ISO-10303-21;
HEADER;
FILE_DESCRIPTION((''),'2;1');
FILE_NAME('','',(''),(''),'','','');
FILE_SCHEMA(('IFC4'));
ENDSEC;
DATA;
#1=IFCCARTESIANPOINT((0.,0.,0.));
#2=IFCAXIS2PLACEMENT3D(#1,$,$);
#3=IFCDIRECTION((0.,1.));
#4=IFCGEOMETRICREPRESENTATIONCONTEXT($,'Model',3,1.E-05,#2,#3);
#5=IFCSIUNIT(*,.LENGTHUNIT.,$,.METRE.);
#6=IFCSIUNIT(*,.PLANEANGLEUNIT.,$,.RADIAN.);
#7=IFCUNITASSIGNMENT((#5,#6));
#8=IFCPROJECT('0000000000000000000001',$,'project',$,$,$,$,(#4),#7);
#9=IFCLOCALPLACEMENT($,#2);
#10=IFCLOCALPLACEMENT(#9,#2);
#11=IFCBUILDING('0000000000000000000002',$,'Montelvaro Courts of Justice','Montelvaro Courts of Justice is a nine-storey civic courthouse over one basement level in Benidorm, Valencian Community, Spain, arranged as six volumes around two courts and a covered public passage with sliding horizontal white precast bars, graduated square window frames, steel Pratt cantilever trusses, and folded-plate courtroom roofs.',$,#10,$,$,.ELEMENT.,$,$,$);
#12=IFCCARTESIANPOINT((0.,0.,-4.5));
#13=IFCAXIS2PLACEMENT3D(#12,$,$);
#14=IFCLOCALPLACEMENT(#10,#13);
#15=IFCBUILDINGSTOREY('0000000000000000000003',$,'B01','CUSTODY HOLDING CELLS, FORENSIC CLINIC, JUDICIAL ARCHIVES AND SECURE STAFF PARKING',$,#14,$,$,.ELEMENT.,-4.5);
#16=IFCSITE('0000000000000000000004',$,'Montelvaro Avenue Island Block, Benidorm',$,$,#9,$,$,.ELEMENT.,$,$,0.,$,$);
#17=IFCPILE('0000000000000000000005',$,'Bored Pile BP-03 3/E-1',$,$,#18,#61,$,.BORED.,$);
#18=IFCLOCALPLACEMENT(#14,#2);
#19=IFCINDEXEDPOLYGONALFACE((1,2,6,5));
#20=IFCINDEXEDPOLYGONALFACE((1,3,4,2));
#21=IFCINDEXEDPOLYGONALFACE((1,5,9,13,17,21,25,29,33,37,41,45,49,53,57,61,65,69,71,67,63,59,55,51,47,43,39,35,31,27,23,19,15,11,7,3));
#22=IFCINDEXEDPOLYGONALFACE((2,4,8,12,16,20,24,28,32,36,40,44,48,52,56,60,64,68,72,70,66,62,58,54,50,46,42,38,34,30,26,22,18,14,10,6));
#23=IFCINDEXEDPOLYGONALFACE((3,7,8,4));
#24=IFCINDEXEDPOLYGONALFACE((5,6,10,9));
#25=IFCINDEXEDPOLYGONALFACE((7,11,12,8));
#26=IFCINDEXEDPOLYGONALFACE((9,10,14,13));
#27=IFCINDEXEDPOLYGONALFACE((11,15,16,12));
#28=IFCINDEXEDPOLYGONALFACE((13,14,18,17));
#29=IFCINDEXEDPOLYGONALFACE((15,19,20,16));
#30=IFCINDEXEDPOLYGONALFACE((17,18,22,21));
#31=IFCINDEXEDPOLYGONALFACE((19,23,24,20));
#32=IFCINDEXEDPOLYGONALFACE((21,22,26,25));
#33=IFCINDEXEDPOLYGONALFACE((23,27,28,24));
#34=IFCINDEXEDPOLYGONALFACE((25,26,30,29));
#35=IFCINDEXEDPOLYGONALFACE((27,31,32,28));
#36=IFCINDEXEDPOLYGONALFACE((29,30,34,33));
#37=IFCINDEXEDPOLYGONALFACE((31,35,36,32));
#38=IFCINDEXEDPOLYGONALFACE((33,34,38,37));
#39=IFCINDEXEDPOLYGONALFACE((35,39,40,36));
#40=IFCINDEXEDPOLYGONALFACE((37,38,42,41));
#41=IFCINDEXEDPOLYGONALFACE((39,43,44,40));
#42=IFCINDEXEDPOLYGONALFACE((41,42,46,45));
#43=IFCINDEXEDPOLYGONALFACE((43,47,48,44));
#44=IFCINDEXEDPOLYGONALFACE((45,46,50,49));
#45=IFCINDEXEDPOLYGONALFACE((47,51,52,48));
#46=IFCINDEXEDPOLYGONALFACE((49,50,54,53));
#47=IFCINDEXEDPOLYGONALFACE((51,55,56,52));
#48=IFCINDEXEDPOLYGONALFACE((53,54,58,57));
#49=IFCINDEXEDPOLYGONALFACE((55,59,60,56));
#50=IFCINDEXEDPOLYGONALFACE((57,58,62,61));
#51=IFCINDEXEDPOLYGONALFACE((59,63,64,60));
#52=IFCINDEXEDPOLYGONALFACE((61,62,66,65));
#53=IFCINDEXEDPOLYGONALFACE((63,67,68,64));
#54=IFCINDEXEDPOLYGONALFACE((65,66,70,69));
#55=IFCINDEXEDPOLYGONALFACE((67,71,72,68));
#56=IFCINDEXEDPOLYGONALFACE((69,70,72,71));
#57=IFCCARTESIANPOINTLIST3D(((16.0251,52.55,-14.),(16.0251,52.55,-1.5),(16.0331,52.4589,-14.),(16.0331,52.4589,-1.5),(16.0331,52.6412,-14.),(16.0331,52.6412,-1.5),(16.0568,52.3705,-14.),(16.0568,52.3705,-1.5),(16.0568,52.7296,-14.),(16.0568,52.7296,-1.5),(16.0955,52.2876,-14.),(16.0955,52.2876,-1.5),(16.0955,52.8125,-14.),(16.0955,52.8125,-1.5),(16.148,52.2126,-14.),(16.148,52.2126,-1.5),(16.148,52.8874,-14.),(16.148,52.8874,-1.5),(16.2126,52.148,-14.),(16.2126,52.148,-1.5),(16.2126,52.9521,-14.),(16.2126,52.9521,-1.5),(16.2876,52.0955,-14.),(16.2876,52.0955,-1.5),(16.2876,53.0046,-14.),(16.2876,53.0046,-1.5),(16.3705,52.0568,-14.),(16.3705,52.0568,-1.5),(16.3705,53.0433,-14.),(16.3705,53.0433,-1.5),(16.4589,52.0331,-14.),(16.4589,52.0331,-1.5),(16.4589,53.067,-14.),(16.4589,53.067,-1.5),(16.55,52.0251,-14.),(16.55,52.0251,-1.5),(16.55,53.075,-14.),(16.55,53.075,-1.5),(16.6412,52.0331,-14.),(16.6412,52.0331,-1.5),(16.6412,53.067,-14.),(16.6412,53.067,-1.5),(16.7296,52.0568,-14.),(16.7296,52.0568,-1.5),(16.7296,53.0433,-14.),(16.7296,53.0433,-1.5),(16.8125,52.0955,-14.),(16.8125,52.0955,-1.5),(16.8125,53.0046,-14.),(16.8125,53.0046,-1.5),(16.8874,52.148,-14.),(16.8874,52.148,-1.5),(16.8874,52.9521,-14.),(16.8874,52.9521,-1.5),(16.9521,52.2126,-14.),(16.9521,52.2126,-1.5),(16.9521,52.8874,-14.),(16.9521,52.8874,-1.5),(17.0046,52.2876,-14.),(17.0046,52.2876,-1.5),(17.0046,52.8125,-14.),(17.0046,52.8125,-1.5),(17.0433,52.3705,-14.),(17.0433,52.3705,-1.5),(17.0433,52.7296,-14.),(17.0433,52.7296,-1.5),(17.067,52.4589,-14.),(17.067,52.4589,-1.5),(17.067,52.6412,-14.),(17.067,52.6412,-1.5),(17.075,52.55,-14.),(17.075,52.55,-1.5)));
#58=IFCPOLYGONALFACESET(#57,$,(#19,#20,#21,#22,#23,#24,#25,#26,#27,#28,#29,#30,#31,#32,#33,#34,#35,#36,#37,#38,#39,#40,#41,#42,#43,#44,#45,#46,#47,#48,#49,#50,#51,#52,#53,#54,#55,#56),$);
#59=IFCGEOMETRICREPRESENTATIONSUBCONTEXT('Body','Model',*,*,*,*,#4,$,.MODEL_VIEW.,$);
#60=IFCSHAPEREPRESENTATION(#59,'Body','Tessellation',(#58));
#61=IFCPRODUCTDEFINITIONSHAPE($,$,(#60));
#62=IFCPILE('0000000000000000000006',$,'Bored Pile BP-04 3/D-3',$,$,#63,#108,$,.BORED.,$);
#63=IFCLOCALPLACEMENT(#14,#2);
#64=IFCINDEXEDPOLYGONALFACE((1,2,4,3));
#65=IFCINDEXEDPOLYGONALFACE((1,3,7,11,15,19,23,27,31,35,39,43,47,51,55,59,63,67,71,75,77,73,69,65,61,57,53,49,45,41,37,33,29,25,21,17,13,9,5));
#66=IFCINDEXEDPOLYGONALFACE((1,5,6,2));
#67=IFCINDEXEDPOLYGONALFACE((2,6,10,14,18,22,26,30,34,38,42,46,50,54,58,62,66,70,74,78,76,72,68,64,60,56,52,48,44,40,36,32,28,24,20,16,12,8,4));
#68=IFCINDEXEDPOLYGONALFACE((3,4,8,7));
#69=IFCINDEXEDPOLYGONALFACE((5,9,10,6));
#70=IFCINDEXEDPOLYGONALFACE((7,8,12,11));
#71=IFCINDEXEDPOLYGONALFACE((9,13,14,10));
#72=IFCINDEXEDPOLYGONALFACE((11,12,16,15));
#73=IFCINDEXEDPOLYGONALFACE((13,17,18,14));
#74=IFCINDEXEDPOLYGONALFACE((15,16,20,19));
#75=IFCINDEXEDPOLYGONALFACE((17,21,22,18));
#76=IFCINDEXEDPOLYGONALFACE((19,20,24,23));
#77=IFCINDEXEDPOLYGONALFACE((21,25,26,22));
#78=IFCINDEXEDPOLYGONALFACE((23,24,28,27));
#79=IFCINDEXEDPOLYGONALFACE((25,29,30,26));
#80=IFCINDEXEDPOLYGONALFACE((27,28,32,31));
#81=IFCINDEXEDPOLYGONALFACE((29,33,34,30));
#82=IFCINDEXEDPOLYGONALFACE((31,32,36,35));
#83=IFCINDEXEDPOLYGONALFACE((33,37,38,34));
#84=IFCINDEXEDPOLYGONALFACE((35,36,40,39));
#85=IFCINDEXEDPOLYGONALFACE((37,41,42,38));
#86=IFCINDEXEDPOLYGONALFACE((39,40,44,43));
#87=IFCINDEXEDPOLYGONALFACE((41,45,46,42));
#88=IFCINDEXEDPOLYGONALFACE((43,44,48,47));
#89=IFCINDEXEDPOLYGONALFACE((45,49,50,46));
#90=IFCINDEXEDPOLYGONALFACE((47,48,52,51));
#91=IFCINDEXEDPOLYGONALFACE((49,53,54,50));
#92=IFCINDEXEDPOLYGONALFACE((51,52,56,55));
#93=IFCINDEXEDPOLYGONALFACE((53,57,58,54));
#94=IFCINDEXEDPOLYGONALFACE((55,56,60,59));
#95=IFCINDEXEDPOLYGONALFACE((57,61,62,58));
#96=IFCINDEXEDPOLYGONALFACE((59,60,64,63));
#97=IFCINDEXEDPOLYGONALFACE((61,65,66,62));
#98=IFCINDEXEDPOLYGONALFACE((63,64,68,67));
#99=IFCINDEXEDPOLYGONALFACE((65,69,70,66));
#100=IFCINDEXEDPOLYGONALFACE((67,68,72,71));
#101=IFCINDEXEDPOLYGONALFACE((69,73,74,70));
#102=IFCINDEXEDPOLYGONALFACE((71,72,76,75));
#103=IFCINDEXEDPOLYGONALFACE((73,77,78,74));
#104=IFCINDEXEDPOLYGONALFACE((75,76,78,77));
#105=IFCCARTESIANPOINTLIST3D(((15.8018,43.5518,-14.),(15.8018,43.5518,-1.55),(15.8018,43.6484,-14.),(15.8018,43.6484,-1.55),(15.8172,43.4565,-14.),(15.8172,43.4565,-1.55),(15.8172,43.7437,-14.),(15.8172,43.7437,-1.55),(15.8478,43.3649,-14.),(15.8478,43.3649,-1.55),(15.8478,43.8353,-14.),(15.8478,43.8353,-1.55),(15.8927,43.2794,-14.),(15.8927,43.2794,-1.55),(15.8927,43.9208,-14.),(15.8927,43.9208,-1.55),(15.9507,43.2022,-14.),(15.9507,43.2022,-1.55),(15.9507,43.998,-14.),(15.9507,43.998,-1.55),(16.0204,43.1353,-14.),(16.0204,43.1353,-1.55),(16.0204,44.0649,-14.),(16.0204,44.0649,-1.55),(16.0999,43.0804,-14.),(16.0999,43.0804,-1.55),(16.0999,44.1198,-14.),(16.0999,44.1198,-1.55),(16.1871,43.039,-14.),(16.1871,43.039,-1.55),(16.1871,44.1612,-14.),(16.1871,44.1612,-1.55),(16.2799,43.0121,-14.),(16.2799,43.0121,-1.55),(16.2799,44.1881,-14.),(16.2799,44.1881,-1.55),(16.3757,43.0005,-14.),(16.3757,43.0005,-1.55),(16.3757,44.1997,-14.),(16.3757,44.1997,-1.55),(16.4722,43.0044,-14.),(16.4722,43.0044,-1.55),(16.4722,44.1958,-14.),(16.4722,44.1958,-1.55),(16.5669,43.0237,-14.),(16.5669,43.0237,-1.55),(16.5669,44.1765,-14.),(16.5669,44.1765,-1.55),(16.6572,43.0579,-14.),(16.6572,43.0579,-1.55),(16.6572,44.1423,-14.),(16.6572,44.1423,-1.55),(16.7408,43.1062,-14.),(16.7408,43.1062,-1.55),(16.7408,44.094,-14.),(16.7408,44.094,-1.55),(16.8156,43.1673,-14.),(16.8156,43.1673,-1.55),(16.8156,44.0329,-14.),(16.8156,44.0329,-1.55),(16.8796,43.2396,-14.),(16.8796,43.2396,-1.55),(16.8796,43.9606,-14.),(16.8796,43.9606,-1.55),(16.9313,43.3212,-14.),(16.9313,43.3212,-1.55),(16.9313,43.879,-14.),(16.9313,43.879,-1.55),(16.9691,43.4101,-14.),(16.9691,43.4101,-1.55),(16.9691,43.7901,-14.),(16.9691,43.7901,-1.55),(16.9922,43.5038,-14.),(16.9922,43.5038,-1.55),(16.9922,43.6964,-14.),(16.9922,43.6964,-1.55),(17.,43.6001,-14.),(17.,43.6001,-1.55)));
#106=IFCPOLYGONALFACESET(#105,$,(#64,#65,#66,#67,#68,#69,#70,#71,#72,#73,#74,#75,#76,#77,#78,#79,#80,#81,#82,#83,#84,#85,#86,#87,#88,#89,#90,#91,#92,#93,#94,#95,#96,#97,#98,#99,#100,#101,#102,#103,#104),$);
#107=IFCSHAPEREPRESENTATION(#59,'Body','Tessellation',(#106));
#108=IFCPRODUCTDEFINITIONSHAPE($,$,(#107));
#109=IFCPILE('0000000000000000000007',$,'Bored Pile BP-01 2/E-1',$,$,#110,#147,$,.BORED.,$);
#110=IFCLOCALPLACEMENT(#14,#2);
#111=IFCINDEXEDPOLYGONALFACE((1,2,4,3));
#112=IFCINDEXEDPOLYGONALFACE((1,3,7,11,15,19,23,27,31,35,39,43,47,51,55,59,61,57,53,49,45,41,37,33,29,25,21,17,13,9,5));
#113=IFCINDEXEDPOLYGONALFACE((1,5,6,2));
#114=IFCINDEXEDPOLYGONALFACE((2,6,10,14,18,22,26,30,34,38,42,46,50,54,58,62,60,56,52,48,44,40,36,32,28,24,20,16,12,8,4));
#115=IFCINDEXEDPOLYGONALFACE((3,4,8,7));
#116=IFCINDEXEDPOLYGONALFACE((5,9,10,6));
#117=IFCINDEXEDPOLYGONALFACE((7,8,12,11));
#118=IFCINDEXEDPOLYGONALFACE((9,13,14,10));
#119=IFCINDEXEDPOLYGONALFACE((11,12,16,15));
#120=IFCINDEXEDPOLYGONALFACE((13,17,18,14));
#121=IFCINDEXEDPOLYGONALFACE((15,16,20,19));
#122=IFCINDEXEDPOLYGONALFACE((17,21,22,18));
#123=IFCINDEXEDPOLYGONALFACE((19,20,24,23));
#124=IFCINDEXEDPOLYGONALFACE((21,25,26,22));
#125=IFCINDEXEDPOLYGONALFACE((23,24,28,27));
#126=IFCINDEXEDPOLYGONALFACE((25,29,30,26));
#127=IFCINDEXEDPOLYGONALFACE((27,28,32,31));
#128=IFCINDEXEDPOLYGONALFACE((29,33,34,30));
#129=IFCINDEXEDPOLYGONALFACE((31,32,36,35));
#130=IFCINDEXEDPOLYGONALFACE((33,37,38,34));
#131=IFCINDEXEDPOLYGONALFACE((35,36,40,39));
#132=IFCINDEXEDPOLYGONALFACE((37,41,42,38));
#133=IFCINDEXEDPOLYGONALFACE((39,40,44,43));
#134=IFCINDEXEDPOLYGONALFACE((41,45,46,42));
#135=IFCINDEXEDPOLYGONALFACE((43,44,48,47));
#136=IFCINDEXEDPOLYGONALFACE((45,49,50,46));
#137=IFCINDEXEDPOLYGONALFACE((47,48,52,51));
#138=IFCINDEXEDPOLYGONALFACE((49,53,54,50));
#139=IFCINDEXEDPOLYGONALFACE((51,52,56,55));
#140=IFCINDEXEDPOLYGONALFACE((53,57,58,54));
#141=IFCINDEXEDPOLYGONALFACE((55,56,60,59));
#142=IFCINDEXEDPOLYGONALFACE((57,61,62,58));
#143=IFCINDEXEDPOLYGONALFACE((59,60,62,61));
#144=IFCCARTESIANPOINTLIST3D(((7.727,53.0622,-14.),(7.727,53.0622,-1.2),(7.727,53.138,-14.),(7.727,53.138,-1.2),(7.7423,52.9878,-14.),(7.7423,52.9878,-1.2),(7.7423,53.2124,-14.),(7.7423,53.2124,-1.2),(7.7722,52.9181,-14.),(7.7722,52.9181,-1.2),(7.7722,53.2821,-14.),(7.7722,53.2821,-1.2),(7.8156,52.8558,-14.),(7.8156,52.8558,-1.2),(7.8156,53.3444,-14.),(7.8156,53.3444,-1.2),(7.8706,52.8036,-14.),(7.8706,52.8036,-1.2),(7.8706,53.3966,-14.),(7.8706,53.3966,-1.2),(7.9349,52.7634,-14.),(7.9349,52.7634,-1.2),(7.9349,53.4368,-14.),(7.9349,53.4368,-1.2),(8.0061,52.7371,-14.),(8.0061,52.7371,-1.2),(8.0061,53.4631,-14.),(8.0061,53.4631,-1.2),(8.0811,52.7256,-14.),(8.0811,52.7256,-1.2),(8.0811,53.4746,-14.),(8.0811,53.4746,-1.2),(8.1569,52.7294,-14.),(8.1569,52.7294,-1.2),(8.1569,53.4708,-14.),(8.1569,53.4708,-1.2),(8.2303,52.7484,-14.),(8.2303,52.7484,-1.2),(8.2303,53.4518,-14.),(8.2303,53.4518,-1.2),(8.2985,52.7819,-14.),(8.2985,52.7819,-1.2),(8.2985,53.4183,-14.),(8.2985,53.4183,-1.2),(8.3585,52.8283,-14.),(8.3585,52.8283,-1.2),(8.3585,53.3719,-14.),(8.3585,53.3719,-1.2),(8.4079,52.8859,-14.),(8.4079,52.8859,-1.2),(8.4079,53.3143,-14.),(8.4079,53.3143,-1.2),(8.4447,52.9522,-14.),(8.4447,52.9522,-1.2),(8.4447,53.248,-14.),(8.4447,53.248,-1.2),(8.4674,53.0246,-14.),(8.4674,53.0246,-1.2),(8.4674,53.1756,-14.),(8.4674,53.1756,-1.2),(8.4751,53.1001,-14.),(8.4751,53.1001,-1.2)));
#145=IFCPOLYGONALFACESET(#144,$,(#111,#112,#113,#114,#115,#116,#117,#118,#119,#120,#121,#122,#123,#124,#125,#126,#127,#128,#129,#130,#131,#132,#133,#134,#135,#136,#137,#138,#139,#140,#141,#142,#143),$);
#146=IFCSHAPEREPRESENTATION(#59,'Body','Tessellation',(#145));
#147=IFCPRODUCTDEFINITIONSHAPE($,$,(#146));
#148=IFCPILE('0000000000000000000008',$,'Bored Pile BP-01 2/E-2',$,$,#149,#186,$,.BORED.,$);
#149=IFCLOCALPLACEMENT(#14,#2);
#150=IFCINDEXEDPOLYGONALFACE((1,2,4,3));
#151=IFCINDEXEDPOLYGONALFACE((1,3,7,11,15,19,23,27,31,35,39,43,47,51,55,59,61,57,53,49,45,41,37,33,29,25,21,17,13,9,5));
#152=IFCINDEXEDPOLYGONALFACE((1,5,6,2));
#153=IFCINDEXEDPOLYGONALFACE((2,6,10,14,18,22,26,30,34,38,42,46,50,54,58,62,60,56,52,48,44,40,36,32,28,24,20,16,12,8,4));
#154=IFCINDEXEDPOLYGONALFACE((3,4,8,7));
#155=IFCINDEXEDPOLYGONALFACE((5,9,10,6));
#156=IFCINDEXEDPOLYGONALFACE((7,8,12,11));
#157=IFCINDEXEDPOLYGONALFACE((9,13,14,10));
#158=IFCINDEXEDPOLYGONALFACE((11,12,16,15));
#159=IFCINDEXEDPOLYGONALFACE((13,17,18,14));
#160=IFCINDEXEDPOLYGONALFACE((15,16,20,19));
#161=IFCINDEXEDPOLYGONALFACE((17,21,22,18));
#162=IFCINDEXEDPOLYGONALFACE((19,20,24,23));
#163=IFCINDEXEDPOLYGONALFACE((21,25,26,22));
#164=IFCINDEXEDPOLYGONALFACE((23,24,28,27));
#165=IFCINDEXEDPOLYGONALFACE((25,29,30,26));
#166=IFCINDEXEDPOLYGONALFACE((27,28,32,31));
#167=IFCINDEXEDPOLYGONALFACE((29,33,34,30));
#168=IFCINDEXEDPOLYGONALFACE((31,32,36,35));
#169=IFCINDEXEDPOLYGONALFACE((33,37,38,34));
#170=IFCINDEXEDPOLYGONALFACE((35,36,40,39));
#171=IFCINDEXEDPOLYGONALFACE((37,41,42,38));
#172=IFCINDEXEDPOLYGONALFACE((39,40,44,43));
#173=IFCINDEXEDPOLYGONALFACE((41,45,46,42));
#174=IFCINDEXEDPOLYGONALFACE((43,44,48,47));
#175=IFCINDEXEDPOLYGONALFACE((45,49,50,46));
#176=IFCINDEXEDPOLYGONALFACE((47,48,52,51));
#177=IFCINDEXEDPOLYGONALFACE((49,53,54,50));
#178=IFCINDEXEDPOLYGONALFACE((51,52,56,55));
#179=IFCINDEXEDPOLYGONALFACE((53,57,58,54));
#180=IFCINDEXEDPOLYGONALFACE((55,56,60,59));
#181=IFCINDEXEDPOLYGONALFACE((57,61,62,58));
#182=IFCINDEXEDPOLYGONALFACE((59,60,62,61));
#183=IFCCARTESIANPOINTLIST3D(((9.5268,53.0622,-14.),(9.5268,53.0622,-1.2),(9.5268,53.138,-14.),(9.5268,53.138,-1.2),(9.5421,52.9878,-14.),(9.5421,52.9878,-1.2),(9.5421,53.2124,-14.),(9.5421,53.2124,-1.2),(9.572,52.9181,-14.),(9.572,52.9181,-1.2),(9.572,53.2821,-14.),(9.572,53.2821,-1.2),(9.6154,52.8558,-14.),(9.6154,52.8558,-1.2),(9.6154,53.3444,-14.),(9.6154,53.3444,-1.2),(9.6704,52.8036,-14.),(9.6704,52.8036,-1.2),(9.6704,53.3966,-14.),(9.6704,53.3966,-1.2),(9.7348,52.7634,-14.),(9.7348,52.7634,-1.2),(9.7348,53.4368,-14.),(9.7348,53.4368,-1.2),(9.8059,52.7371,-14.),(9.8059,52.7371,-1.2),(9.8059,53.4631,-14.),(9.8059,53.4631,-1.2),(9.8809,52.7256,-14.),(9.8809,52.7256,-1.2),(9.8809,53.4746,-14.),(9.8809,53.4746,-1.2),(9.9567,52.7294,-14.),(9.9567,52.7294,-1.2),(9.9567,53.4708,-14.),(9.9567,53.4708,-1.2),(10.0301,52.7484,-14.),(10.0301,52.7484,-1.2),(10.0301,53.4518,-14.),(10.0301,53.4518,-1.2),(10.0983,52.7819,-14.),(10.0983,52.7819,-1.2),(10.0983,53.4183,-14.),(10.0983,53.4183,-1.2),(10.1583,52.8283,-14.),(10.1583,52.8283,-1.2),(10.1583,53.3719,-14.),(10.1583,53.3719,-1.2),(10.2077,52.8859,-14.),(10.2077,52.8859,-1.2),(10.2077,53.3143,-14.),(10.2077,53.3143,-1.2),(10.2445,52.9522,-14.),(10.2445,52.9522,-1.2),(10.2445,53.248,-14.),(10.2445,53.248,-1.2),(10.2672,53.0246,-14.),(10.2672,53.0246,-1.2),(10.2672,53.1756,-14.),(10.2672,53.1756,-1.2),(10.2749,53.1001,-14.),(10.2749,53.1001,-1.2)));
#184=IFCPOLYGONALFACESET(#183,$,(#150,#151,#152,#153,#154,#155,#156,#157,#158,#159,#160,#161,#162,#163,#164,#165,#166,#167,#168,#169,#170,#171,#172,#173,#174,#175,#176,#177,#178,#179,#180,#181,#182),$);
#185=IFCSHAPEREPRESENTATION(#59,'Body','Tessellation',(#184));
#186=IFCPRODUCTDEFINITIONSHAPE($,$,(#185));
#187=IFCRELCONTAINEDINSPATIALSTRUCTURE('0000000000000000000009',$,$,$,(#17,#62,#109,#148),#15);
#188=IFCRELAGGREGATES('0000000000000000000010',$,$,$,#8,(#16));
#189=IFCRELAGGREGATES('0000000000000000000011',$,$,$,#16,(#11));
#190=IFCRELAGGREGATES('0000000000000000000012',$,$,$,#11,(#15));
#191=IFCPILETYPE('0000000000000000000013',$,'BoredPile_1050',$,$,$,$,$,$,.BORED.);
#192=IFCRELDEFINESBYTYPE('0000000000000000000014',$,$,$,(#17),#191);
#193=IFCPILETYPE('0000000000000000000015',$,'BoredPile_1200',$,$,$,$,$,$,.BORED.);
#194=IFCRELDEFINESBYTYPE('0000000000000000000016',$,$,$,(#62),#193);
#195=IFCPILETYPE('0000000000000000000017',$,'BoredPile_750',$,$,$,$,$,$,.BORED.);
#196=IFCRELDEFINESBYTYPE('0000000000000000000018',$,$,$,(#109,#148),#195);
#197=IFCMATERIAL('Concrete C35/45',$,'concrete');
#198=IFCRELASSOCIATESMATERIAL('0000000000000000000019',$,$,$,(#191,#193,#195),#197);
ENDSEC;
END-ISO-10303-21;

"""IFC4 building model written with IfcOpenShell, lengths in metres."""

from ifc_helpers import new_model, si_unit, direction, frame, origin, origin_2d, place, context, subcontext, project, spatial, circle, extrude, material, material_profile, profile_set, type_object, element, save


model = new_model("IFC4")

# Units and contexts
model_context = context("Model", 3, precision=1e-05, world=origin(), true_north=direction((0.0, 1.0)))
body_context = subcontext(model_context, "Body", "Model", "MODEL_VIEW")
ifc_project = project(units=[si_unit("LENGTHUNIT", "METRE"), si_unit("PLANEANGLEUNIT", "RADIAN")], contexts=[model_context])

# Site, building, storey
site_placement = place(None, origin())
site = spatial("IfcSite", under=ifc_project, at=site_placement, Name="Montelvaro Avenue Island Block, Benidorm", CompositionType="ELEMENT", RefElevation=0.0)
building_placement = place(site_placement, origin())
building = spatial("IfcBuilding", under=site, at=building_placement, Name="Montelvaro Courts of Justice", Description="Montelvaro Courts of Justice is a nine-storey civic courthouse over one basement level in Benidorm, Valencian Community, Spain, arranged as six volumes around two courts and a covered public passage with sliding horizontal white precast bars, graduated square window frames, steel Pratt cantilever trusses, and folded-plate courtroom roofs.", CompositionType="ELEMENT")
storey_placement = place(building_placement, frame((0.0, 0.0, -4.5)))
storey = spatial("IfcBuildingStorey", under=building, at=storey_placement, Name="B01", Description="CUSTODY HOLDING CELLS, FORENSIC CLINIC, JUDICIAL ARCHIVES AND SECURE STAFF PARKING", CompositionType="ELEMENT", Elevation=-4.5)

# Piles
ifc_material_1 = material(Name="Concrete C35/45", Category="concrete")
ifc_material_profile_1 = material_profile(ifc_material_1, circle(Radius=0.5249, at=origin_2d()), Name="BORED PILE D1050")
ifc_profile_set_1 = profile_set([ifc_material_profile_1], Name="Concrete C35/45")
pile_type_1 = type_object("IfcPileType", Name="BoredPile_1050", PredefinedType="BORED", material=ifc_profile_set_1)
for number, where, z_axis, x_axis, name in (
    (1, (16.55, 52.55, -1.5), (0.0, 0.0, -1.0), (1.0, 0.0, 0.0), "Bored Pile BP-03 3/E-1"),
):
    element("IfcPile", number, at=place(storey_placement, frame(where, z_axis=z_axis, x_axis=x_axis)), inside=storey, type_object=pile_type_1, Name=name, PredefinedType="BORED", context=body_context, shape_type="SweptSolid", body=[
        extrude(circle(Radius=0.5249, at=origin_2d()), origin(), (0.0, 0.0, 1.0), 12.5),
    ])
ifc_material_profile_2 = material_profile(ifc_material_1, circle(Radius=0.6001, at=origin_2d()), Name="BORED PILE D1200")
ifc_profile_set_2 = profile_set([ifc_material_profile_2], Name="Concrete C35/45")
pile_type_2 = type_object("IfcPileType", Name="BoredPile_1200", PredefinedType="BORED", material=ifc_profile_set_2)
pile_placement = place(storey_placement, frame((16.3999, 43.6001, -1.55), z_axis=(0.0, 0.0, -1.0), x_axis=(1.0, 0.0, 0.0)))
element("IfcPile", 2, at=pile_placement, inside=storey, type_object=pile_type_2, Name="Bored Pile BP-04 3/D-3", PredefinedType="BORED", context=body_context, shape_type="SweptSolid", body=[
    extrude(circle(Radius=0.6001, at=origin_2d()), origin(), (0.0, 0.0, 1.0), 12.45),
])
ifc_material_profile_3 = material_profile(ifc_material_1, circle(Radius=0.375, at=origin_2d()), Name="BORED PILE D750")
ifc_profile_set_3 = profile_set([ifc_material_profile_3], Name="Concrete C35/45")
pile_type_3 = type_object("IfcPileType", Name="BoredPile_750", PredefinedType="BORED", material=ifc_profile_set_3)
for number, where, z_axis, x_axis, name in (
    (3, (8.1001, 53.1001, -1.2), (0.0, 0.0, -1.0), (1.0, 0.0, 0.0), "Bored Pile BP-01 2/E-1"),
    (4, (9.8999, 53.1001, -1.2), (0.0, 0.0, -1.0), (1.0, 0.0, 0.0), "Bored Pile BP-01 2/E-2"),
):
    element("IfcPile", number, at=place(storey_placement, frame(where, z_axis=z_axis, x_axis=x_axis)), inside=storey, type_object=pile_type_3, Name=name, PredefinedType="BORED", context=body_context, shape_type="SweptSolid", body=[
        extrude(circle(Radius=0.375, at=origin_2d()), origin(), (0.0, 0.0, 1.0), 12.8),
    ])

save(model, "model.ifc")
